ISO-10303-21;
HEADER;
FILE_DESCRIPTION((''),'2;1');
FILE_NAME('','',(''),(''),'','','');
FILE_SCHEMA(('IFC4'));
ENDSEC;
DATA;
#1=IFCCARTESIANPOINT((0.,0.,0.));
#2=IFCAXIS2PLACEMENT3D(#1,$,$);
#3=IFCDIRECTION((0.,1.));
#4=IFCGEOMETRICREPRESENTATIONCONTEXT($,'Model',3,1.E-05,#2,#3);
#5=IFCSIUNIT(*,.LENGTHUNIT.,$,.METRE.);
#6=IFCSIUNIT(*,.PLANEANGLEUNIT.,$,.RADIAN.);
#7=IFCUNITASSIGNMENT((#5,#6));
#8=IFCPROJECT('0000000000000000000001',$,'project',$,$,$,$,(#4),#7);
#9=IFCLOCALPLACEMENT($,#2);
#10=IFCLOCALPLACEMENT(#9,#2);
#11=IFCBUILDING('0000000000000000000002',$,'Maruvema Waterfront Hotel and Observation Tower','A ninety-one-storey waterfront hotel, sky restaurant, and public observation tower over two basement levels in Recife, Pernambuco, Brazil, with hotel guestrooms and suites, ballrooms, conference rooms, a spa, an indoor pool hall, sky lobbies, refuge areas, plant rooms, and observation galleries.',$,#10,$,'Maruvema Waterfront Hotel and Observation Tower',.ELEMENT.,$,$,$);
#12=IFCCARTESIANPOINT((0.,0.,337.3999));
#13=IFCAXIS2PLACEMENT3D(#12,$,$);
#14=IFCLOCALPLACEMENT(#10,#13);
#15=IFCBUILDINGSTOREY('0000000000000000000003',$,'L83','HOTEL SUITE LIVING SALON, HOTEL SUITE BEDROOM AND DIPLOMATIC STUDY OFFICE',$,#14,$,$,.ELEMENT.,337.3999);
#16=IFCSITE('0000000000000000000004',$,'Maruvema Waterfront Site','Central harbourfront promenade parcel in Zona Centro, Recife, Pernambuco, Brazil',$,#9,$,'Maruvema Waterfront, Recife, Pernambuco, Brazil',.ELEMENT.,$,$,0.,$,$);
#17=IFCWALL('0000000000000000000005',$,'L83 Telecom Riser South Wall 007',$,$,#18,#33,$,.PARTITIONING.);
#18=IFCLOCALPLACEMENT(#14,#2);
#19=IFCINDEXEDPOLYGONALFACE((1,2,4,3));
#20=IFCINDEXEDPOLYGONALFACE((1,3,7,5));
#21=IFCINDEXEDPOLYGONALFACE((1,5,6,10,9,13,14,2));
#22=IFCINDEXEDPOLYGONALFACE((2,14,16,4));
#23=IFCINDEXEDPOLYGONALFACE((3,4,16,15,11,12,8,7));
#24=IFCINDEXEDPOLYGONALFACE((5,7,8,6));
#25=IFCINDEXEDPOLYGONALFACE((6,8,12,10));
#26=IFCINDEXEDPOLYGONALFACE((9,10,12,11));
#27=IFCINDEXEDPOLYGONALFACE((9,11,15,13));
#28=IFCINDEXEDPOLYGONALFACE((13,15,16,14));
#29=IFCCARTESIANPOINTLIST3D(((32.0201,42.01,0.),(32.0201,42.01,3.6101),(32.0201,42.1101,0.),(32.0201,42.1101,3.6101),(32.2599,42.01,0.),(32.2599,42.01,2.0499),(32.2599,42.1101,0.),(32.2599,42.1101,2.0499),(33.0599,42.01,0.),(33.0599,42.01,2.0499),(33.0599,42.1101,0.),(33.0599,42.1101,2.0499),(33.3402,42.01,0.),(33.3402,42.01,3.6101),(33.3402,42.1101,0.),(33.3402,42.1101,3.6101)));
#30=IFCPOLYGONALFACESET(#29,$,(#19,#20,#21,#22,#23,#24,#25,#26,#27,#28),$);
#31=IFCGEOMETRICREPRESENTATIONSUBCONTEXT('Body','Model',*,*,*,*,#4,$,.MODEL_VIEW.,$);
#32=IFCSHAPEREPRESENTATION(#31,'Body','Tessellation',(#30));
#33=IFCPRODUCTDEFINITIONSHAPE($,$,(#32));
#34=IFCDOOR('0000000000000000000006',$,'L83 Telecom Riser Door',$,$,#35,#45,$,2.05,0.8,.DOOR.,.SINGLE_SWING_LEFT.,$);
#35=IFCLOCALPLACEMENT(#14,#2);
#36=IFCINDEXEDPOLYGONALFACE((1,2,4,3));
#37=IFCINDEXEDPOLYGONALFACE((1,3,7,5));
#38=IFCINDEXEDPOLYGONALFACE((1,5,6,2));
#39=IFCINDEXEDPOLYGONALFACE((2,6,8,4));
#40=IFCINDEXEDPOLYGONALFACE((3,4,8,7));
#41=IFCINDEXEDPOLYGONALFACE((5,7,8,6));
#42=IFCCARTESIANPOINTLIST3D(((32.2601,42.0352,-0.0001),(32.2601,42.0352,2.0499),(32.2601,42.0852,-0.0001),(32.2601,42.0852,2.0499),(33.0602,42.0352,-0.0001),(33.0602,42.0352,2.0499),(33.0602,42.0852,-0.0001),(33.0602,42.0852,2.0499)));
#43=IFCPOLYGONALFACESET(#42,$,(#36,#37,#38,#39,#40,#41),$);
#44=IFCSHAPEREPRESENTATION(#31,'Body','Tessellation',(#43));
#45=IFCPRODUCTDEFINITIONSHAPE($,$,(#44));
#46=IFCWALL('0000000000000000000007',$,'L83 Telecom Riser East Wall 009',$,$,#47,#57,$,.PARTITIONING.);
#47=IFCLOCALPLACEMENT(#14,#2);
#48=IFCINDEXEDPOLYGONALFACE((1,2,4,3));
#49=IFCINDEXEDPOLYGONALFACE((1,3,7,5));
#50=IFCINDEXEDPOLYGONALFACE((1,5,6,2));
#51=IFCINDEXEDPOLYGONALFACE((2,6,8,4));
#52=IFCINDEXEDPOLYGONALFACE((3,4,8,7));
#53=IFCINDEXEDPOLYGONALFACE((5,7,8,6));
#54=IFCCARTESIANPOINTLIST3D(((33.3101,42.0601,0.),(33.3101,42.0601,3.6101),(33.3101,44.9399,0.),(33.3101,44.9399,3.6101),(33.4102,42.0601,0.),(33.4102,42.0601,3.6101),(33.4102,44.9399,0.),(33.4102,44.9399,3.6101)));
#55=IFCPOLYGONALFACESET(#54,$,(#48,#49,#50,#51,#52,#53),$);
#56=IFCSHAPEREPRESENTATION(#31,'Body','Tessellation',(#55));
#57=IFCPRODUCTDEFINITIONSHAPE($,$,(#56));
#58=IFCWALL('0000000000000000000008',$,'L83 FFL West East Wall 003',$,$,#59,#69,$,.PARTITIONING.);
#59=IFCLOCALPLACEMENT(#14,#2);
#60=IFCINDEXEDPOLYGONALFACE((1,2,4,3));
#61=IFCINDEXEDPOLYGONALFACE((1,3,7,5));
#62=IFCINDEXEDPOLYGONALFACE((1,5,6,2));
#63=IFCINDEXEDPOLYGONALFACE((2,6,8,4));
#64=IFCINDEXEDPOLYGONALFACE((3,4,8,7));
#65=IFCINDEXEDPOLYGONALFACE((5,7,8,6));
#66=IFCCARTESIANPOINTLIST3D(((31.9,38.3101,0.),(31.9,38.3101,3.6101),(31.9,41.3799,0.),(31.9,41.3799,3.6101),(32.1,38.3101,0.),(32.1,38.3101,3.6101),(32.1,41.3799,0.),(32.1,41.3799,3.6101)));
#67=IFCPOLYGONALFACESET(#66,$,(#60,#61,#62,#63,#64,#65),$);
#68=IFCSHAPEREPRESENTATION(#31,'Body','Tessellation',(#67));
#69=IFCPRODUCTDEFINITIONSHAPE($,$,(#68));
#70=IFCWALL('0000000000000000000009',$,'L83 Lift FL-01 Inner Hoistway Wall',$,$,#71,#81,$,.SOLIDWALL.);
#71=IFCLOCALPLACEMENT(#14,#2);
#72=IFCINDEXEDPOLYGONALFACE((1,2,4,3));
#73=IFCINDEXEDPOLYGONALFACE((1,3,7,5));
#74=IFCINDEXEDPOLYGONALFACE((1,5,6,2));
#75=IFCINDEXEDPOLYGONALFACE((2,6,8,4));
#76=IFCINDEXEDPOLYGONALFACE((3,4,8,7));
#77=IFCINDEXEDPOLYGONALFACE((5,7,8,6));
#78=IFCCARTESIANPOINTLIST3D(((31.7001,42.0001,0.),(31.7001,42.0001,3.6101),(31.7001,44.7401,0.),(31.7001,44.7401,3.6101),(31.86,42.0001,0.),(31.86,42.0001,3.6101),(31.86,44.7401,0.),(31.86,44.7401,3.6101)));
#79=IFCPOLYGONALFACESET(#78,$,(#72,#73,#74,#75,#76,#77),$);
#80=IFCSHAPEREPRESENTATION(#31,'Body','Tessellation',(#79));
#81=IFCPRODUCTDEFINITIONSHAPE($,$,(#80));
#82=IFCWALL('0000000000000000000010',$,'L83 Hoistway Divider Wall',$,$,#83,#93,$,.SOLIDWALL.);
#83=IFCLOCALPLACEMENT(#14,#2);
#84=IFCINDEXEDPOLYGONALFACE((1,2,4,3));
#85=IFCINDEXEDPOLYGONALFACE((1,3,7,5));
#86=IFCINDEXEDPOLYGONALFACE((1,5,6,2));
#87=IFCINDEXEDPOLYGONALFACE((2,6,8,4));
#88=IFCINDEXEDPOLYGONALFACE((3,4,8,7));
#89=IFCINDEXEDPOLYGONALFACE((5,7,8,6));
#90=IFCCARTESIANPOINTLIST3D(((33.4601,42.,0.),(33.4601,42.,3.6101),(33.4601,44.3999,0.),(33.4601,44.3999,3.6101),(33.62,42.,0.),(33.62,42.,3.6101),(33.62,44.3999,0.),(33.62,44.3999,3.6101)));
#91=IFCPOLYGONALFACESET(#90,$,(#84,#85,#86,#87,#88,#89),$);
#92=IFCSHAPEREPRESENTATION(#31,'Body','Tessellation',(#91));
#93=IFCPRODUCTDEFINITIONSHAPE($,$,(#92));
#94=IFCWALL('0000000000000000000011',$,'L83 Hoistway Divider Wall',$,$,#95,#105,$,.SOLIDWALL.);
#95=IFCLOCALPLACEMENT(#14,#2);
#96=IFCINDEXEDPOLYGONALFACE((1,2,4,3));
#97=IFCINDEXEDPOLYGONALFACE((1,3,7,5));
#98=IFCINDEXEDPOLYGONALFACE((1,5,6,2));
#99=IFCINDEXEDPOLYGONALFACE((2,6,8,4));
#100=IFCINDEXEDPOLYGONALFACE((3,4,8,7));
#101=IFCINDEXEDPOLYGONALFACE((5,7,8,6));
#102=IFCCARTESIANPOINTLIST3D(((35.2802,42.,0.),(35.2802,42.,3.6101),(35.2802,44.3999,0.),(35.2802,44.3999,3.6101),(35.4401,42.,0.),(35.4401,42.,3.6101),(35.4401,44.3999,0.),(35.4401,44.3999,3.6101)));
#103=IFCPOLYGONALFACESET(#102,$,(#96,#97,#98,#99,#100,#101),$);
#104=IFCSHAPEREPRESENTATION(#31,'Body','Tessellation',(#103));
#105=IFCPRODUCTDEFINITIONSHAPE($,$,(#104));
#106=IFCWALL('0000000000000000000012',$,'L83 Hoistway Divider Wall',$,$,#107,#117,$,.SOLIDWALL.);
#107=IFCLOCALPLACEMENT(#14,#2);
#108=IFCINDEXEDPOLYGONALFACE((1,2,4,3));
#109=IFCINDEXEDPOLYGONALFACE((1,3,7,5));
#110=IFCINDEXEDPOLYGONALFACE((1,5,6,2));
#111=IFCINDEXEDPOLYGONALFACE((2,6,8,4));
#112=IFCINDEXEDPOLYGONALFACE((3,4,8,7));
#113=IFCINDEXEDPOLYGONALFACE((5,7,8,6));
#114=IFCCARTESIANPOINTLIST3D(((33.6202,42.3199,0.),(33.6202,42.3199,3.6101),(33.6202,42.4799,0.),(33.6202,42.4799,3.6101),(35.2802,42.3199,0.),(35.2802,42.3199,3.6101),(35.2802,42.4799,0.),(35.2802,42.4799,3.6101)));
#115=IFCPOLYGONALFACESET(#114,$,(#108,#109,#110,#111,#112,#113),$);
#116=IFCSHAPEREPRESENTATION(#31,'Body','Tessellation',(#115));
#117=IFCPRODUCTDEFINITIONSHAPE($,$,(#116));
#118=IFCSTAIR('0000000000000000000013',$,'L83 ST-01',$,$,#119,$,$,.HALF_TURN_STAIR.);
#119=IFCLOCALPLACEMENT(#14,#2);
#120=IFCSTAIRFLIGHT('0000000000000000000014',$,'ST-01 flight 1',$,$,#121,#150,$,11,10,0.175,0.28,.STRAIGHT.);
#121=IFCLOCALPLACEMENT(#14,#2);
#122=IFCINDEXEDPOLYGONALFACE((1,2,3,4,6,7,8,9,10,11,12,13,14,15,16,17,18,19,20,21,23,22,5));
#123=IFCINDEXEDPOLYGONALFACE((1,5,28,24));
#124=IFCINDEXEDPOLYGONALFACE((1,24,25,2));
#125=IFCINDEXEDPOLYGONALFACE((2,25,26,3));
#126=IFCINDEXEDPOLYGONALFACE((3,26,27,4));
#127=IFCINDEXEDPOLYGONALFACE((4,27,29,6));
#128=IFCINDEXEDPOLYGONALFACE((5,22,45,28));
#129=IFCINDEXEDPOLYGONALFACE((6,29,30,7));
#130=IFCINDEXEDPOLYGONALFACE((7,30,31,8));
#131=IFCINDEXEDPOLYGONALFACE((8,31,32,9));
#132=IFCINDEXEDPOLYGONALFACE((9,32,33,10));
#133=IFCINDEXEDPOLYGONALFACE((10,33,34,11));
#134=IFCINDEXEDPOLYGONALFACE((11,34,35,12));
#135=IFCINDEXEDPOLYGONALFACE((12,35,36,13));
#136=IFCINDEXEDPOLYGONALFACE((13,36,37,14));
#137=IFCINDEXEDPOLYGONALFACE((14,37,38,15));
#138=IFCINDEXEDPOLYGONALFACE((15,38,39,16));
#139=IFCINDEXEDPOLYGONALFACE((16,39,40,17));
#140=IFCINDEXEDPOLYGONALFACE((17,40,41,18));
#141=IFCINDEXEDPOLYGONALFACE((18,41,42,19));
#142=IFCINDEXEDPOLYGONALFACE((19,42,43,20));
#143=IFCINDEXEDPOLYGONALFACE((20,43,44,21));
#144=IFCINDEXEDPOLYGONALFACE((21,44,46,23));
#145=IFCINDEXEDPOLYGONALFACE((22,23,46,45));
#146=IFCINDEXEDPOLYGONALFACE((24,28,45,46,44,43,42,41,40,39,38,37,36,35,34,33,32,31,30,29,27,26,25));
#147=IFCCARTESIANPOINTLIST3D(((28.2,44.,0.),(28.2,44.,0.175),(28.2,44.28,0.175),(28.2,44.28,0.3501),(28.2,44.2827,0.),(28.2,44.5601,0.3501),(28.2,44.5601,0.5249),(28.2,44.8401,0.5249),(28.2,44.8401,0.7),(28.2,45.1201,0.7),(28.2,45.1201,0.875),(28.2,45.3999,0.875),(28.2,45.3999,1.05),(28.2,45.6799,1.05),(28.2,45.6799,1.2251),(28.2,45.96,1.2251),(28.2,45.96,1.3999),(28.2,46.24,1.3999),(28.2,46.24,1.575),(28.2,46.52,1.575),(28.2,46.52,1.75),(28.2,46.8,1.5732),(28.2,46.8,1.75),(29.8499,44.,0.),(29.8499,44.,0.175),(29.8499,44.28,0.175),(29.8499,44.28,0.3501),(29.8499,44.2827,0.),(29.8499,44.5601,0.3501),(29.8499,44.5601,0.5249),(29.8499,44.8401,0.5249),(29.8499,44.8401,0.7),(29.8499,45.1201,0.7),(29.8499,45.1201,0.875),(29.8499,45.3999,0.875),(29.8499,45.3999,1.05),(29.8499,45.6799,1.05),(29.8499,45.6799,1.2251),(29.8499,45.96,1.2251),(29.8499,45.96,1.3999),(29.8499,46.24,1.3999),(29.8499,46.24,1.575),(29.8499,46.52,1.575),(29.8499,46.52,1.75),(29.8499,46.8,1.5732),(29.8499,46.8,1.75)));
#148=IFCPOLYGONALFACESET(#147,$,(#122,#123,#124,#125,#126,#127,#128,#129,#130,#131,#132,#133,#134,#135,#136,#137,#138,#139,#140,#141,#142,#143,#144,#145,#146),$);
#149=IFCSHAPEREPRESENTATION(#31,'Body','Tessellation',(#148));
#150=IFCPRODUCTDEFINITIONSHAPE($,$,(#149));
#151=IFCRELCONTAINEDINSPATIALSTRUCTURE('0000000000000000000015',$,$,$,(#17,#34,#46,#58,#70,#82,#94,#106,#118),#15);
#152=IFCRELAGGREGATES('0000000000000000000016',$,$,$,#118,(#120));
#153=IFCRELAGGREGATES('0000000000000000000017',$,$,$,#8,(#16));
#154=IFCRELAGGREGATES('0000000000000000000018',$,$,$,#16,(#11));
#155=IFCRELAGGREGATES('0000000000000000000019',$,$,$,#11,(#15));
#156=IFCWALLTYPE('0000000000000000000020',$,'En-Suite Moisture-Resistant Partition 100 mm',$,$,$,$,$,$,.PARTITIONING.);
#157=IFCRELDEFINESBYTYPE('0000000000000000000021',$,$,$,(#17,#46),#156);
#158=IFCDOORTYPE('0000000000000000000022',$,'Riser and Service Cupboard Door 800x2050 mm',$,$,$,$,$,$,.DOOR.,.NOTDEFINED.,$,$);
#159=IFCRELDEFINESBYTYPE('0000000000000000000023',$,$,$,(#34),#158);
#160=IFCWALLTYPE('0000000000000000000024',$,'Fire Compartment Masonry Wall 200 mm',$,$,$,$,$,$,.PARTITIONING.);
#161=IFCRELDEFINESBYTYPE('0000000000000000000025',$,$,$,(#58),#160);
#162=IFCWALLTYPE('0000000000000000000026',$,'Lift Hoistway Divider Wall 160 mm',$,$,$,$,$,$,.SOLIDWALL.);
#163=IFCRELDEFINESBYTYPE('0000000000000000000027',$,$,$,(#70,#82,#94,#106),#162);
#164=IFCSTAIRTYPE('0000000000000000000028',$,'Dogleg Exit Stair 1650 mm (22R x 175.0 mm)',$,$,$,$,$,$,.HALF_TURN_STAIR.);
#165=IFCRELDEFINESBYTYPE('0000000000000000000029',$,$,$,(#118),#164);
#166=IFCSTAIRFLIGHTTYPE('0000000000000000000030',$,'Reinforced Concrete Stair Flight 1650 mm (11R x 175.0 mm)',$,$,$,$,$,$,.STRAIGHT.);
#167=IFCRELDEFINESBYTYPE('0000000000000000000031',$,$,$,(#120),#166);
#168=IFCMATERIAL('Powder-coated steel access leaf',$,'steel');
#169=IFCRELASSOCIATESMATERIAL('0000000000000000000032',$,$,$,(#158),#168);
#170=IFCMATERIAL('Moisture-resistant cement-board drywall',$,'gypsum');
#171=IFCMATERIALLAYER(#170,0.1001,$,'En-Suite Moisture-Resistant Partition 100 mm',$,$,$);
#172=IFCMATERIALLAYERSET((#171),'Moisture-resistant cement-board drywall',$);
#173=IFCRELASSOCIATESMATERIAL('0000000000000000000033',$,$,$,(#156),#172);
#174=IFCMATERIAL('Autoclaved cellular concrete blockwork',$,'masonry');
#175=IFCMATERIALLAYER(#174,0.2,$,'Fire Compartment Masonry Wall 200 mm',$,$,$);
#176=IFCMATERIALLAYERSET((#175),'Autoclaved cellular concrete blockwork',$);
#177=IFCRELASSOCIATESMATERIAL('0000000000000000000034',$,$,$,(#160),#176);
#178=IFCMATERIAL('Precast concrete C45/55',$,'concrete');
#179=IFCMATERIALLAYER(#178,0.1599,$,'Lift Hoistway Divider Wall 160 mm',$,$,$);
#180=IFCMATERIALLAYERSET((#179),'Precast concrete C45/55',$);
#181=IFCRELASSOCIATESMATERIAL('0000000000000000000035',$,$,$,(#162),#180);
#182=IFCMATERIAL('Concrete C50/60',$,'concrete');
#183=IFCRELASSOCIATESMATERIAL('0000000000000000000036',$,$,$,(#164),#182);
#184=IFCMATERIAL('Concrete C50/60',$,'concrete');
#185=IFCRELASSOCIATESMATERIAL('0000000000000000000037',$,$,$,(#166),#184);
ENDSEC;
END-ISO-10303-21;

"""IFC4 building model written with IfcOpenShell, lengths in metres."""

from ifc_helpers import new_model, si_unit, direction, frame, frame_2d, origin, place, context, subcontext, project, spatial, polyline, rectangle, outline, extrude, material, layer, layer_set, type_object, element, fill, aggregate, save


model = new_model("IFC4")

# Units and contexts
model_context = context("Model", 3, precision=1e-05, world=origin(), true_north=direction((0.0, 1.0)))
body_context = subcontext(model_context, "Body", "Model", "MODEL_VIEW")
ifc_project = project(units=[si_unit("LENGTHUNIT", "METRE"), si_unit("PLANEANGLEUNIT", "RADIAN")], contexts=[model_context])

# Site, building, storey
site_placement = place(None, origin())
site = spatial("IfcSite", under=ifc_project, at=site_placement, Name="Maruvema Waterfront Site", Description="Central harbourfront promenade parcel in Zona Centro, Recife, Pernambuco, Brazil", LongName="Maruvema Waterfront, Recife, Pernambuco, Brazil", CompositionType="ELEMENT", RefElevation=0.0)
building_placement = place(site_placement, origin())
building = spatial("IfcBuilding", under=site, at=building_placement, Name="Maruvema Waterfront Hotel and Observation Tower", Description="A ninety-one-storey waterfront hotel, sky restaurant, and public observation tower over two basement levels in Recife, Pernambuco, Brazil, with hotel guestrooms and suites, ballrooms, conference rooms, a spa, an indoor pool hall, sky lobbies, refuge areas, plant rooms, and observation galleries.", LongName="Maruvema Waterfront Hotel and Observation Tower", CompositionType="ELEMENT")
storey_placement = place(building_placement, frame((0.0, 0.0, 337.3999)))
storey = spatial("IfcBuildingStorey", under=building, at=storey_placement, Name="L83", Description="HOTEL SUITE LIVING SALON, HOTEL SUITE BEDROOM AND DIPLOMATIC STUDY OFFICE", CompositionType="ELEMENT", Elevation=337.3999)

# Shared definitions
ifc_material_1 = material(Name="Powder-coated steel access leaf", Category="steel")
door_type = type_object("IfcDoorType", Name="Riser and Service Cupboard Door 800x2050 mm", OperationType="NOTDEFINED", PredefinedType="DOOR", material=ifc_material_1)

# Wall, opening, door
ifc_material_2 = material(Name="Moisture-resistant cement-board drywall", Category="gypsum")
ifc_layer_1 = layer(ifc_material_2, 0.1001, Name="En-Suite Moisture-Resistant Partition 100 mm")
ifc_layer_set_1 = layer_set([ifc_layer_1], Name="Moisture-resistant cement-board drywall")
wall_type_1 = type_object("IfcWallType", Name="En-Suite Moisture-Resistant Partition 100 mm", PredefinedType="PARTITIONING", material=ifc_layer_set_1)
wall_1_placement = place(storey_placement, frame((32.02, 42.0601, 0.0), z_axis=(0.0, 0.0, 1.0), x_axis=(1.0, 0.0, 0.0)))
wall_1 = element("IfcWall", 1, at=wall_1_placement, inside=storey, type_object=wall_type_1, Name="L83 Telecom Riser South Wall 007", PredefinedType="PARTITIONING", context=body_context, shape_type="SweptSolid", body=[
    extrude(rectangle(XDim=1.3201, YDim=0.1001, at=frame_2d((0.6602, 0.0))), origin(), (0.0, 0.0, 1.0), 3.6101),
])
opening_1_placement = place(wall_1_placement, frame((0.24, 0.0, 0.0)))
opening_1 = element("IfcOpeningElement", 2, at=opening_1_placement, cuts=wall_1, PredefinedType="OPENING", context=body_context, shape_type="SweptSolid", body=[
    extrude(rectangle(XDim=0.8, YDim=2.05, at=frame_2d((0.3999, 1.0249))), frame((0.0, 0.0601, 0.0), z_axis=(0.0, -1.0, 0.0), x_axis=(1.0, 0.0, 0.0)), (0.0, 0.0, 1.0), 0.1201),
])
door_1_placement = place(opening_1_placement, frame((0.8, 0.0, 0.0), z_axis=(0.0, 0.0, 1.0), x_axis=(-1.0, 0.0, 0.0)))
door_1 = element("IfcDoor", 3, at=door_1_placement, inside=storey, type_object=door_type, Name="L83 Telecom Riser Door", OperationType="SINGLE_SWING_LEFT", OverallHeight=2.05, OverallWidth=0.8, PredefinedType="DOOR", context=body_context, shape_type="SweptSolid", body=[
    extrude(rectangle(XDim=0.8, YDim=2.05, at=frame_2d((0.3999, 1.0249))), frame((0.0, 0.0249, 0.0), z_axis=(0.0, -1.0, 0.0), x_axis=(1.0, 0.0, 0.0)), (0.0, 0.0, 1.0), 0.05),
])
fill(opening_1, door_1)

# Walls
wall_2_placement = place(storey_placement, frame((33.3601, 42.0601, 0.0), z_axis=(0.0, 0.0, 1.0), x_axis=(0.0, 1.0, 0.0)))
element("IfcWall", 4, at=wall_2_placement, inside=storey, type_object=wall_type_1, Name="L83 Telecom Riser East Wall 009", PredefinedType="PARTITIONING", context=body_context, shape_type="SweptSolid", body=[
    extrude(rectangle(XDim=2.8799, YDim=0.1001, at=frame_2d((1.4399, 0.0))), origin(), (0.0, 0.0, 1.0), 3.6101),
])
ifc_material_3 = material(Name="Autoclaved cellular concrete blockwork", Category="masonry")
ifc_layer_2 = layer(ifc_material_3, 0.2, Name="Fire Compartment Masonry Wall 200 mm")
ifc_layer_set_2 = layer_set([ifc_layer_2], Name="Autoclaved cellular concrete blockwork")
wall_type_2 = type_object("IfcWallType", Name="Fire Compartment Masonry Wall 200 mm", PredefinedType="PARTITIONING", material=ifc_layer_set_2)
wall_3_placement = place(storey_placement, frame((32.0, 38.3101, 0.0), z_axis=(0.0, 0.0, 1.0), x_axis=(0.0, 1.0, 0.0)))
element("IfcWall", 5, at=wall_3_placement, inside=storey, type_object=wall_type_2, Name="L83 FFL West East Wall 003", PredefinedType="PARTITIONING", context=body_context, shape_type="SweptSolid", body=[
    extrude(rectangle(XDim=3.0698, YDim=0.2, at=frame_2d((1.5349, 0.0))), origin(), (0.0, 0.0, 1.0), 3.6101),
])
ifc_material_4 = material(Name="Precast concrete C45/55", Category="concrete")
ifc_layer_3 = layer(ifc_material_4, 0.1599, Name="Lift Hoistway Divider Wall 160 mm")
ifc_layer_set_3 = layer_set([ifc_layer_3], Name="Precast concrete C45/55")
wall_type_3 = type_object("IfcWallType", Name="Lift Hoistway Divider Wall 160 mm", PredefinedType="SOLIDWALL", material=ifc_layer_set_3)
wall_4_placement = place(storey_placement, frame((31.78, 42.0, 0.0), z_axis=(0.0, 0.0, 1.0), x_axis=(0.0, 1.0, 0.0)))
element("IfcWall", 6, at=wall_4_placement, inside=storey, type_object=wall_type_3, Name="L83 Lift FL-01 Inner Hoistway Wall", PredefinedType="SOLIDWALL", context=body_context, shape_type="SweptSolid", body=[
    extrude(rectangle(XDim=2.74, YDim=0.1599, at=frame_2d((1.3701, 0.0))), origin(), (0.0, 0.0, 1.0), 3.6101),
])
for number, where, z_axis, x_axis, name in (
    (7, (33.54, 42.0, 0.0), (0.0, 0.0, 1.0), (0.0, 1.0, 0.0), "L83 Hoistway Divider Wall"),
    (8, (35.3601, 42.0, 0.0), (0.0, 0.0, 1.0), (0.0, 1.0, 0.0), "L83 Hoistway Divider Wall"),
):
    element("IfcWall", number, at=place(storey_placement, frame(where, z_axis=z_axis, x_axis=x_axis)), inside=storey, type_object=wall_type_3, Name=name, PredefinedType="SOLIDWALL", context=body_context, shape_type="SweptSolid", body=[
        extrude(rectangle(XDim=2.3999, YDim=0.1599, at=frame_2d((1.2, 0.0))), origin(), (0.0, 0.0, 1.0), 3.6101),
    ])
wall_5_placement = place(storey_placement, frame((33.6201, 42.3999, 0.0), z_axis=(0.0, 0.0, 1.0), x_axis=(1.0, 0.0, 0.0)))
element("IfcWall", 9, at=wall_5_placement, inside=storey, type_object=wall_type_3, Name="L83 Hoistway Divider Wall", PredefinedType="SOLIDWALL", context=body_context, shape_type="SweptSolid", body=[
    extrude(rectangle(XDim=1.6599, YDim=0.1599, at=frame_2d((0.8301, 0.0))), origin(), (0.0, 0.0, 1.0), 3.6101),
])

# Stair, stair flight
ifc_material_5 = material(Name="Concrete C50/60", Category="concrete")
stair_type = type_object("IfcStairType", Name="Dogleg Exit Stair 1650 mm (22R x 175.0 mm)", PredefinedType="HALF_TURN_STAIR", material=ifc_material_5)
stair_placement = place(storey_placement, origin())
stair = element("IfcStair", 10, at=stair_placement, inside=storey, type_object=stair_type, Name="L83 ST-01", PredefinedType="HALF_TURN_STAIR")
ifc_material_6 = material(Name="Concrete C50/60", Category="concrete")
stair_flight_type = type_object("IfcStairFlightType", Name="Reinforced Concrete Stair Flight 1650 mm (11R x 175.0 mm)", PredefinedType="STRAIGHT", material=ifc_material_6)
stair_flight_placement = place(storey_placement, frame((29.0249, 44.0, 0.0), z_axis=(0.0, 0.0, 1.0), x_axis=(0.0, 1.0, 0.0)))
stair_flight = element("IfcStairFlight", 11, at=stair_flight_placement, type_object=stair_flight_type, Name="ST-01 flight 1", NumberOfRisers=11, NumberOfTreads=10, PredefinedType="STRAIGHT", RiserHeight=0.175, TreadLength=0.28, context=body_context, shape_type="SweptSolid", body=[
    extrude(outline(polyline([(0.0, 0.0), (0.0, 0.175), (0.28, 0.175), (0.28, 0.3501), (0.5601, 0.3501), (0.5601, 0.5249), (0.8401, 0.5249), (0.8401, 0.7), (1.1201, 0.7), (1.1201, 0.875), (1.3999, 0.875), (1.3999, 1.05), (1.6799, 1.05), (1.6799, 1.2251), (1.96, 1.2251), (1.96, 1.3999), (2.24, 1.3999), (2.24, 1.575), (2.52, 1.575), (2.52, 1.75), (2.8, 1.75), (2.8, 1.925), (2.8, 1.5732), (0.2827, 0.0), (0.0, 0.0)])), frame((0.0, 0.825, 0.0), z_axis=(0.0, -1.0, 0.0), x_axis=(1.0, 0.0, 0.0)), (0.0, 0.0, 1.0), 1.6499),
])
aggregate(stair, [stair_flight])

save(model, "model.ifc")
